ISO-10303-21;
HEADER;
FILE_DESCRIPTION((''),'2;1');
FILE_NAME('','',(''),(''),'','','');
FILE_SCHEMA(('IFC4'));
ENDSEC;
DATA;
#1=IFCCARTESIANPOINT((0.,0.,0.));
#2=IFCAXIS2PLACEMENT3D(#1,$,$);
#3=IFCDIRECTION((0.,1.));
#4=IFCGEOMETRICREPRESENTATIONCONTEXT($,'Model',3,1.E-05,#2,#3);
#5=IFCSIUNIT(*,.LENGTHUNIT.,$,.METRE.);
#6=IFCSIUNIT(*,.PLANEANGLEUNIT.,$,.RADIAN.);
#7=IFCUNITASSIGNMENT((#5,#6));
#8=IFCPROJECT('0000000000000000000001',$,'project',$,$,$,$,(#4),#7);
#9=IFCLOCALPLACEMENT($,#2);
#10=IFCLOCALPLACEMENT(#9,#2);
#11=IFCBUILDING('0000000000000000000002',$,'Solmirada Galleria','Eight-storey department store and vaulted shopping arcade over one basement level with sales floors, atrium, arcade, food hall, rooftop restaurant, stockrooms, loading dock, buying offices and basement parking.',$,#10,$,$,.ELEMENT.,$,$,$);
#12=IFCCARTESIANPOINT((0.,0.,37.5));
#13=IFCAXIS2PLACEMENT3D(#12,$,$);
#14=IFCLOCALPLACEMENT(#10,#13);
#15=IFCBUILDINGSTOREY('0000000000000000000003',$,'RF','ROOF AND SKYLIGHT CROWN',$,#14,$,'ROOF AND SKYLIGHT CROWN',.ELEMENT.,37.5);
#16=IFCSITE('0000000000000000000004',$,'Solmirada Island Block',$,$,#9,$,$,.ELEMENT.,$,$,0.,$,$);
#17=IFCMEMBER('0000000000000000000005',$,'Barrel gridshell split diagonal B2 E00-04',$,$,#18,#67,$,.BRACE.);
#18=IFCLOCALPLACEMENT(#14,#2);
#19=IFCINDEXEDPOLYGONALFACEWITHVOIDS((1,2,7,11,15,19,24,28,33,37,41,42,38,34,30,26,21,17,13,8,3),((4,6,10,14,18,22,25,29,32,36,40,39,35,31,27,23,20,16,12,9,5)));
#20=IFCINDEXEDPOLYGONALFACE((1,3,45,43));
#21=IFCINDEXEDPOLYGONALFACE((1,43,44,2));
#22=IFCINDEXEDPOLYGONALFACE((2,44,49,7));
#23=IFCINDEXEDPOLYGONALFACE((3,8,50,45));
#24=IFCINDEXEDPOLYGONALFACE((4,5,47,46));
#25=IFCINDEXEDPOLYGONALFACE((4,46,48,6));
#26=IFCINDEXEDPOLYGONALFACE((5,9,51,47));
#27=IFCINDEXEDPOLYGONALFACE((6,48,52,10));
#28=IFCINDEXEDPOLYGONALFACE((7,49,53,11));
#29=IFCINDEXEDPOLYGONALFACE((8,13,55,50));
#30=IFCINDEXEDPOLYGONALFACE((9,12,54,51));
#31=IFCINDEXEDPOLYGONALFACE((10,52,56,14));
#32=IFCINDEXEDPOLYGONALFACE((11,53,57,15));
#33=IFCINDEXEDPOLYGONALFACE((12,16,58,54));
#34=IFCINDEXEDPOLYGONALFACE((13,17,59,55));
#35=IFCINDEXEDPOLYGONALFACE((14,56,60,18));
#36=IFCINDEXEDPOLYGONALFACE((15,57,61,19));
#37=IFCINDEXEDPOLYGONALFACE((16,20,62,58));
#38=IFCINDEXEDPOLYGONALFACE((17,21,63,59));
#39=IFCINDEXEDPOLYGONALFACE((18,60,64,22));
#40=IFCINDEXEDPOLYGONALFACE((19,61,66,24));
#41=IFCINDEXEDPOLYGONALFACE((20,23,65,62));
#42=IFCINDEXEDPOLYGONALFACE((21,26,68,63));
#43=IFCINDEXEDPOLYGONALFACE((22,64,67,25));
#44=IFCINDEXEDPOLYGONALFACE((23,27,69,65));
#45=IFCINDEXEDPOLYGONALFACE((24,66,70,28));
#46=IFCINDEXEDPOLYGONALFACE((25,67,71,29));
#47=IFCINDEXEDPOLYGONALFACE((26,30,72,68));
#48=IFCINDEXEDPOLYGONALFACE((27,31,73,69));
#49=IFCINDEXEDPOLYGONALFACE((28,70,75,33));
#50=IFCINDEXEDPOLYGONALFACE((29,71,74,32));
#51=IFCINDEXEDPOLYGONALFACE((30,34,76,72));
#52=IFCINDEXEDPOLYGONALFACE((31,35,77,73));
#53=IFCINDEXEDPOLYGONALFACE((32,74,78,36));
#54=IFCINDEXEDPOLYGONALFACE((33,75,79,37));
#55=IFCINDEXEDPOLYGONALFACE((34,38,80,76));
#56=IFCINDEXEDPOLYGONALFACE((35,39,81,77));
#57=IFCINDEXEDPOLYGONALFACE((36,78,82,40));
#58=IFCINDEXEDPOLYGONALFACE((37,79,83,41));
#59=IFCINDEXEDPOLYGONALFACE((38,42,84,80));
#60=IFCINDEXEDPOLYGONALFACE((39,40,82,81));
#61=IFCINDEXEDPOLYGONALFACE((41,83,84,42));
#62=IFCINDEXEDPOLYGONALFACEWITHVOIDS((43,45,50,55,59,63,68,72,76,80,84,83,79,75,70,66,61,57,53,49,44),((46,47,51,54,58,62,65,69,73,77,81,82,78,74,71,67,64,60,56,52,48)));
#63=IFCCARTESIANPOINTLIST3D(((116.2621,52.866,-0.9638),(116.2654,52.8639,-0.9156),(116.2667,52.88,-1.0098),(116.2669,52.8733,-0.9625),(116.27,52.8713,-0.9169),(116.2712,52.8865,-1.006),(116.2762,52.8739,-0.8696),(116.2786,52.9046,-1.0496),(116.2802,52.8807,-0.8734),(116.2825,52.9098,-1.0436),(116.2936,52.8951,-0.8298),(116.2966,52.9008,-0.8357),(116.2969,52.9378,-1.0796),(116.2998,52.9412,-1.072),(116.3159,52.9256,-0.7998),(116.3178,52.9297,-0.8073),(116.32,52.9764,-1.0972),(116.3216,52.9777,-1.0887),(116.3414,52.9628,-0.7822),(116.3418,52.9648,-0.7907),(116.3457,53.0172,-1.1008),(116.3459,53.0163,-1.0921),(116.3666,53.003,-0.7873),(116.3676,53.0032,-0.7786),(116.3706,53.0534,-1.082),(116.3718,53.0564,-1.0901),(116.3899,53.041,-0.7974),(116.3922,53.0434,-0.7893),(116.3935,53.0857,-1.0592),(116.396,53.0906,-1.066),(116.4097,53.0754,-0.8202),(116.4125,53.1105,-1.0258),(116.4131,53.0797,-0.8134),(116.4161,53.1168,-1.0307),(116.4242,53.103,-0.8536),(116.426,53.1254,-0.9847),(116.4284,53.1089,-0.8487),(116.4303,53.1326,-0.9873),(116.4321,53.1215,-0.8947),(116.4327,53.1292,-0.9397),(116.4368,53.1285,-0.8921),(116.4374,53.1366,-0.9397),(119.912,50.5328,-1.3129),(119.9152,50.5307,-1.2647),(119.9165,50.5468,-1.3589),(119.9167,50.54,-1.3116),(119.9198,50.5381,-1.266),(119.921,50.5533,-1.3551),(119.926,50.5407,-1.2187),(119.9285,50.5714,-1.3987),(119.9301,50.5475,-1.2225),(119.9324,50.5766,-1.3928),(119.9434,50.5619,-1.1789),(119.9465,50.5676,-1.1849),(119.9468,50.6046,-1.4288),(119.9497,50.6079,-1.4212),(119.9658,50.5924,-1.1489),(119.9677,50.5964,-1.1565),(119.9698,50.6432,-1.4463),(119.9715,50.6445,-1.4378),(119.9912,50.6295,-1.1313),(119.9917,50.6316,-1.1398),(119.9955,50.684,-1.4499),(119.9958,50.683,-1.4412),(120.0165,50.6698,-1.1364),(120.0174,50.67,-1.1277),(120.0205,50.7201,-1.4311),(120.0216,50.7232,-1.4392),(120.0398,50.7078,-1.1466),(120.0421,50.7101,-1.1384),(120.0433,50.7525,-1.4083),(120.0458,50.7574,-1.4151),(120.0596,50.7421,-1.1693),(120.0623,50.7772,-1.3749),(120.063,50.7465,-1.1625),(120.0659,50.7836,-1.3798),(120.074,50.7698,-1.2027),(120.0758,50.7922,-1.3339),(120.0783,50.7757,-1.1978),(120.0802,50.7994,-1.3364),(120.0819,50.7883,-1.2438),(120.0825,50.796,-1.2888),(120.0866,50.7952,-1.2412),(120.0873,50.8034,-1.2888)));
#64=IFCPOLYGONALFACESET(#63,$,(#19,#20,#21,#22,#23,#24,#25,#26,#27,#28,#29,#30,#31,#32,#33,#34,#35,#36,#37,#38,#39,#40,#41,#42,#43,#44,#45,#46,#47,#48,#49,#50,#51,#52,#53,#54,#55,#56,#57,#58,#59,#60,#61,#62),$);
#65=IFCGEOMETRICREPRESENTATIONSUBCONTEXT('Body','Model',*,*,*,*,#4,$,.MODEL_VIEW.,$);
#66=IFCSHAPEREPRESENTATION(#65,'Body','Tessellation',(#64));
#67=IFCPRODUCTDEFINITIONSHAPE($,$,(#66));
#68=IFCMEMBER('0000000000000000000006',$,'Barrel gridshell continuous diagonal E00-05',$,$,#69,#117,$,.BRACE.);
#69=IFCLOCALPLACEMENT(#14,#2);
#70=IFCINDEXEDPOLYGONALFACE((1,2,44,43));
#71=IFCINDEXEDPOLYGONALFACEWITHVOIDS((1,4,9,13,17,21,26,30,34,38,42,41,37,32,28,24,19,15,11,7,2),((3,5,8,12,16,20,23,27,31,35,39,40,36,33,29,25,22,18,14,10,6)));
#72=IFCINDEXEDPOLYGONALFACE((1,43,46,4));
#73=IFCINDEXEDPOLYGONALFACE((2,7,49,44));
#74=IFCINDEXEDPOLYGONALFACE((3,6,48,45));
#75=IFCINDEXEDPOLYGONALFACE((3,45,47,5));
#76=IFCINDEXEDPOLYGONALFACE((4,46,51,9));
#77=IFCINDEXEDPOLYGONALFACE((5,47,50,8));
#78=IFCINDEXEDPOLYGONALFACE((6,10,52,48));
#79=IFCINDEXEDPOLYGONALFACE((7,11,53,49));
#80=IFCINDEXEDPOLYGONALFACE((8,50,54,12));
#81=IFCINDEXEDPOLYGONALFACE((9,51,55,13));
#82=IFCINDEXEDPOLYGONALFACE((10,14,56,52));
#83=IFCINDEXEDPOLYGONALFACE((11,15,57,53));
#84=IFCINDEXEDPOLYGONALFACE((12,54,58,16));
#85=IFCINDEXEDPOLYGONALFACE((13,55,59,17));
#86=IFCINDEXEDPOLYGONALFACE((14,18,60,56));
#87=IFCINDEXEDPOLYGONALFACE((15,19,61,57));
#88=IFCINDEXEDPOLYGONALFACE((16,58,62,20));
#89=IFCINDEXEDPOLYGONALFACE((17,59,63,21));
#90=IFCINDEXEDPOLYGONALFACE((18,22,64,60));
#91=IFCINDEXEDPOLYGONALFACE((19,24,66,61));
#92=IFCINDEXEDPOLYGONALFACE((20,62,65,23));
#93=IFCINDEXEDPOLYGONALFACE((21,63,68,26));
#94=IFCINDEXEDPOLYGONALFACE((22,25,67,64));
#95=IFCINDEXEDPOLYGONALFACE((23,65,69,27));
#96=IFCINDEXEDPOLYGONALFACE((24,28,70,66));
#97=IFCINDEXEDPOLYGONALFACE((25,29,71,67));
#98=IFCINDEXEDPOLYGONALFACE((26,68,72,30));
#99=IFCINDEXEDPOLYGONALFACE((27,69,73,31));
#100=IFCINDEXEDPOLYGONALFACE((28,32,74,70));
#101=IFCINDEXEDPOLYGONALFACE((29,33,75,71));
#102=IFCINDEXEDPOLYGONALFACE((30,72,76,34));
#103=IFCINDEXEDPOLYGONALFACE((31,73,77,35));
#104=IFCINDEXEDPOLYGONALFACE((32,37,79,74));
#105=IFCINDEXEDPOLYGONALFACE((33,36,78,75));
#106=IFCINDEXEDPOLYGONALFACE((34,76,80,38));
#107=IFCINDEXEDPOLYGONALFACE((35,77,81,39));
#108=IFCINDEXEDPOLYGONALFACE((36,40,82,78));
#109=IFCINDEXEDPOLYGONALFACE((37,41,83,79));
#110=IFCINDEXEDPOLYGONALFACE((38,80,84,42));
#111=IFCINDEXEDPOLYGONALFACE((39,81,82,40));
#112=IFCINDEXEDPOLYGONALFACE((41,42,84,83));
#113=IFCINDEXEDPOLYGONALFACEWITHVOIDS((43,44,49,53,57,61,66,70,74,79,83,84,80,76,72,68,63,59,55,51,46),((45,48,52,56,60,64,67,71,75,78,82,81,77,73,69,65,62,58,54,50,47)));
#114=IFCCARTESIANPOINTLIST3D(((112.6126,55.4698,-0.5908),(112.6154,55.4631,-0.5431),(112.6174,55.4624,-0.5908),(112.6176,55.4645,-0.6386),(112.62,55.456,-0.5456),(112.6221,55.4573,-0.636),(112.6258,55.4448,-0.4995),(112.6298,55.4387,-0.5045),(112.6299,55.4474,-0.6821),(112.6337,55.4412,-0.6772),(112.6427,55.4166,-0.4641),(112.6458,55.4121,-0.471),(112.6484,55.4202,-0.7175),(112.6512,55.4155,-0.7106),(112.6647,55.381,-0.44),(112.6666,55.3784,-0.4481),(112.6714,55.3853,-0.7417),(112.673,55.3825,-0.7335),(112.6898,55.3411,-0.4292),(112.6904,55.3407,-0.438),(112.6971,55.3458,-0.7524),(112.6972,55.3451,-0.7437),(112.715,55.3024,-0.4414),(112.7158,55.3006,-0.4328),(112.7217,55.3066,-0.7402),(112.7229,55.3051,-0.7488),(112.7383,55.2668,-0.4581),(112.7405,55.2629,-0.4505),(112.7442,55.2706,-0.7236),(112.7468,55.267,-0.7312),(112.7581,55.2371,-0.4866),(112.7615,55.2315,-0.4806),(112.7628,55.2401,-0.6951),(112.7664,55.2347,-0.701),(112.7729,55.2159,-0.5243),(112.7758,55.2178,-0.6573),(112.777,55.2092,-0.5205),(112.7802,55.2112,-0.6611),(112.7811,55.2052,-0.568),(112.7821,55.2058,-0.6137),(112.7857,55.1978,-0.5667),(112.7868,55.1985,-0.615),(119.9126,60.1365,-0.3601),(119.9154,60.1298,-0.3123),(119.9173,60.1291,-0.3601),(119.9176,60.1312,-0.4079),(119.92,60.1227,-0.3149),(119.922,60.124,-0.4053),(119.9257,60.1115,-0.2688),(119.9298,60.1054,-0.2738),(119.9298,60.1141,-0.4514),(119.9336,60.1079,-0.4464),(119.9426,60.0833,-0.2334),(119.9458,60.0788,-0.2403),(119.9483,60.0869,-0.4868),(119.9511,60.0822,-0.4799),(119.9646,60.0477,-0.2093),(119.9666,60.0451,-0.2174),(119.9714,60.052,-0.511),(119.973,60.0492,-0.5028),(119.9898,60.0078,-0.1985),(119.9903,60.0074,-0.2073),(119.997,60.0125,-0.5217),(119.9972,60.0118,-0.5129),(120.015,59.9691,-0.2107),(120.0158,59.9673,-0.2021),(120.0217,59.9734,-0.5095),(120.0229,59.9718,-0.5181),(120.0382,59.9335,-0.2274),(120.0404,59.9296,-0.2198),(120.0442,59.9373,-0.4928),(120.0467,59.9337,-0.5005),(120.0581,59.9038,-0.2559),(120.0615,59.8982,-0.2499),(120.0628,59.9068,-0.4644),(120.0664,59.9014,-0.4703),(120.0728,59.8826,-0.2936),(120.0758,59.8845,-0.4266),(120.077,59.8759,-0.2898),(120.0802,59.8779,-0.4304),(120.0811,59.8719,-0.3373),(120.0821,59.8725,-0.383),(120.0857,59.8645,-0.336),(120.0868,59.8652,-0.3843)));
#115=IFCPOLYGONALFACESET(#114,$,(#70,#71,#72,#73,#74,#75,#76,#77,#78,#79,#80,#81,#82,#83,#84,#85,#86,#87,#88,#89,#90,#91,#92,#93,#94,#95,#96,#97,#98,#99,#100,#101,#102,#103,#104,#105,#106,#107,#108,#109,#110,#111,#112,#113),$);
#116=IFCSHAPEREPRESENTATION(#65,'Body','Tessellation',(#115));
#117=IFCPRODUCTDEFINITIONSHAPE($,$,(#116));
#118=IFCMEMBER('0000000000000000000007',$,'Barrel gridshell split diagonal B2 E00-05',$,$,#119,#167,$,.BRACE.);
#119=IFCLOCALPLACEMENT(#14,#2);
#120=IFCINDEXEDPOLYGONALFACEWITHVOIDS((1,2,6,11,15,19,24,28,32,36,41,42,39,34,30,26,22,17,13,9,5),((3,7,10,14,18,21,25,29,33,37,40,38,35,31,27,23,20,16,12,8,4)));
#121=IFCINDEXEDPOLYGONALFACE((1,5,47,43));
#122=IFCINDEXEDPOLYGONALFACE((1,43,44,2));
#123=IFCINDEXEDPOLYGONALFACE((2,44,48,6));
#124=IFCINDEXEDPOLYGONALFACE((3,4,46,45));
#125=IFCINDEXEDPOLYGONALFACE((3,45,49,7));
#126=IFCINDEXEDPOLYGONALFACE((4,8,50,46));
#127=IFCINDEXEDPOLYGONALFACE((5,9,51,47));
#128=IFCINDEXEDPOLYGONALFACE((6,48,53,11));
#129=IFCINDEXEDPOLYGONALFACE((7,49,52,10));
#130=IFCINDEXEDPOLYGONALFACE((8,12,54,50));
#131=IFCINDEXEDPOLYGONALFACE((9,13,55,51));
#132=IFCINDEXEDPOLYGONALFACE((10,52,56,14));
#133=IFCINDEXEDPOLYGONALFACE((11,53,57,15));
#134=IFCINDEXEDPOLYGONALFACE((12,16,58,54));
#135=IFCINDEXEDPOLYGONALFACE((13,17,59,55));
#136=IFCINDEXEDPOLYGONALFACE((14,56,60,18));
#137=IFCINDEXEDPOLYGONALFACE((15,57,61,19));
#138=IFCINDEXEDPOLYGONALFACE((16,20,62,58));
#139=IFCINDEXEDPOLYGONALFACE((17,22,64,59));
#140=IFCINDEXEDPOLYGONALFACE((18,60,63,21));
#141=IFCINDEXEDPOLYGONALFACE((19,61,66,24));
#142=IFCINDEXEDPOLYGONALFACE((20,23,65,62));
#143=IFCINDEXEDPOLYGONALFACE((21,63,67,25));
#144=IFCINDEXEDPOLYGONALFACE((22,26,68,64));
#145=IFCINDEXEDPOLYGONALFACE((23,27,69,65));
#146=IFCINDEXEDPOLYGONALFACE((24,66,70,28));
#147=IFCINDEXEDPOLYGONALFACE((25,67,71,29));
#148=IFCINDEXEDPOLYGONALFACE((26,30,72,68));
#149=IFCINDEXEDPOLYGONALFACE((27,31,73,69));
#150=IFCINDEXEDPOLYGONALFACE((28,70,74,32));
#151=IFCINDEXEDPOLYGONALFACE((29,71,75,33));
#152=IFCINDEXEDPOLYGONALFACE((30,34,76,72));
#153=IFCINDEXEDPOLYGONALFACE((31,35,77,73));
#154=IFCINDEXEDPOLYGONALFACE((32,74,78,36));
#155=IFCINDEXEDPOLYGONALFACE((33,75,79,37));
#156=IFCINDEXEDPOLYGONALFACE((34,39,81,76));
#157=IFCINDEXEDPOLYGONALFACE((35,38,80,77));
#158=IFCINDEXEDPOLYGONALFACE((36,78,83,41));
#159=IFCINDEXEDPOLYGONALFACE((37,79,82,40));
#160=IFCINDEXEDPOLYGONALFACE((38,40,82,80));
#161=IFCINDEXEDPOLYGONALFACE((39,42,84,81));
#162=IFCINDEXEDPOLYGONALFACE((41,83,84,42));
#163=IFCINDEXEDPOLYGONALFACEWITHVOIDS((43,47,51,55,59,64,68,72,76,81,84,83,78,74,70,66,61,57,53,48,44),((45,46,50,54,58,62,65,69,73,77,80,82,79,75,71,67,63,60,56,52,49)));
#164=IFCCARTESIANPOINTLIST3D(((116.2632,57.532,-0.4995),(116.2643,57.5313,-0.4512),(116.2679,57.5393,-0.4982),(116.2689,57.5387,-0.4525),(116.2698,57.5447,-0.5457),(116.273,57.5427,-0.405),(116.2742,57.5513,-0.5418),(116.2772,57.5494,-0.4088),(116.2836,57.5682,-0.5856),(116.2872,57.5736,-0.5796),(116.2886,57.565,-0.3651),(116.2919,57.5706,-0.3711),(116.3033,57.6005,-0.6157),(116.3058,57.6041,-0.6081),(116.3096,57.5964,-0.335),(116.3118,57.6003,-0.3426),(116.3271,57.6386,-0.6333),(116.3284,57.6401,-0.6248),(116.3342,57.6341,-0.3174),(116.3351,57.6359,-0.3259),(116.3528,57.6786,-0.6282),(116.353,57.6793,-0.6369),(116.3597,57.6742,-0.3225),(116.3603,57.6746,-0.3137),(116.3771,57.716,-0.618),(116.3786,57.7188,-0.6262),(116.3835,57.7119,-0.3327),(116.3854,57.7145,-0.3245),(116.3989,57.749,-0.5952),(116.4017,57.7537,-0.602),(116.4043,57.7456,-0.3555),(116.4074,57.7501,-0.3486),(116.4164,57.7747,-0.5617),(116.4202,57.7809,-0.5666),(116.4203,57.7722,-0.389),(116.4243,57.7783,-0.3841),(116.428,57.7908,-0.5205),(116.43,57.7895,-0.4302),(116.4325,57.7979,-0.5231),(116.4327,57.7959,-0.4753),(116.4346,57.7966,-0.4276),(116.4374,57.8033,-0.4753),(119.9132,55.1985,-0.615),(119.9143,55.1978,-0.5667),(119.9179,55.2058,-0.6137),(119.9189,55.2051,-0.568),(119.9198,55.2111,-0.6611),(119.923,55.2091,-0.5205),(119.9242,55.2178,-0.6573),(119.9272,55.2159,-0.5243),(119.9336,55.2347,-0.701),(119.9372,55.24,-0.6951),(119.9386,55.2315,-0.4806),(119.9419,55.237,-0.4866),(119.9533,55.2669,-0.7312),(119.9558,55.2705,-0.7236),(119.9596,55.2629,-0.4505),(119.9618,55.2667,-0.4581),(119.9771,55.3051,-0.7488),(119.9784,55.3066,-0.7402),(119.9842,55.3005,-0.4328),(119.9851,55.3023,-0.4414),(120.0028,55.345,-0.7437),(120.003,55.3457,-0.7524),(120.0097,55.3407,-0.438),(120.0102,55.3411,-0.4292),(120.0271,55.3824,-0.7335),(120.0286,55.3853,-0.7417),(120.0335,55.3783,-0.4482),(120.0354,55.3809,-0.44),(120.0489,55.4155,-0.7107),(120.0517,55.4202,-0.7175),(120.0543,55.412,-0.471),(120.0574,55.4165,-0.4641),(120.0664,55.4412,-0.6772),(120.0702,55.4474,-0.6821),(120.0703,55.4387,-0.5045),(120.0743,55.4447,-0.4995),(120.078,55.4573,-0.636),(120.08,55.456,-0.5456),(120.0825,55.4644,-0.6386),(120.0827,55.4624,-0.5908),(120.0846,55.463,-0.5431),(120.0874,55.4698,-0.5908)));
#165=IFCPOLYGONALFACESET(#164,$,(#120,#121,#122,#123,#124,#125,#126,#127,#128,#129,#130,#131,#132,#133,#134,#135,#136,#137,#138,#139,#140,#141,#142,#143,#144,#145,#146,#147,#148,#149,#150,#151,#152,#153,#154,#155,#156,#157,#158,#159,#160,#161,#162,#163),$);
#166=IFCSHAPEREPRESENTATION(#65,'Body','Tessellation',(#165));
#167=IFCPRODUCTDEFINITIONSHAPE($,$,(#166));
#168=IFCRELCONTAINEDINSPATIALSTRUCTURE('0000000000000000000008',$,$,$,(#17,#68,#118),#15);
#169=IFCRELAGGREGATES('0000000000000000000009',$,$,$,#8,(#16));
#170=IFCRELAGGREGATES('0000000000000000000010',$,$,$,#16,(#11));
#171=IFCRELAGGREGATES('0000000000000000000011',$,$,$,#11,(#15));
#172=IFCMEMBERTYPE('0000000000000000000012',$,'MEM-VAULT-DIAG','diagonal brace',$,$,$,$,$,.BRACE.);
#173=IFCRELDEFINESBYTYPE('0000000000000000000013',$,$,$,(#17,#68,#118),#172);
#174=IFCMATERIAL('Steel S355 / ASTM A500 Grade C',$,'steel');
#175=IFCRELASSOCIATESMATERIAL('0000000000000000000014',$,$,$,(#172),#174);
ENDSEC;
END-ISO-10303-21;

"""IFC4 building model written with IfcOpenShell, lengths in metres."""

from ifc_helpers import new_model, si_unit, direction, frame, origin, origin_2d, place, context, subcontext, project, spatial, hollow_circle, extrude, material, material_profile, profile_set, type_object, element, save


model = new_model("IFC4")

# Units and contexts
model_context = context("Model", 3, precision=1e-05, world=origin(), true_north=direction((0.0, 1.0)))
body_context = subcontext(model_context, "Body", "Model", "MODEL_VIEW")
ifc_project = project(units=[si_unit("LENGTHUNIT", "METRE"), si_unit("PLANEANGLEUNIT", "RADIAN")], contexts=[model_context])

# Site, building, storey
site_placement = place(None, origin())
site = spatial("IfcSite", under=ifc_project, at=site_placement, Name="Solmirada Island Block", CompositionType="ELEMENT", RefElevation=0.0)
building_placement = place(site_placement, origin())
building = spatial("IfcBuilding", under=site, at=building_placement, Name="Solmirada Galleria", Description="Eight-storey department store and vaulted shopping arcade over one basement level with sales floors, atrium, arcade, food hall, rooftop restaurant, stockrooms, loading dock, buying offices and basement parking.", CompositionType="ELEMENT")
storey_placement = place(building_placement, frame((0.0, 0.0, 37.5)))
storey = spatial("IfcBuildingStorey", under=building, at=storey_placement, Name="RF", Description="ROOF AND SKYLIGHT CROWN", LongName="ROOF AND SKYLIGHT CROWN", CompositionType="ELEMENT", Elevation=37.5)

# Members
ifc_material_1 = material(Name="Steel S355 / ASTM A500 Grade C", Category="steel")
ifc_material_profile_1 = material_profile(ifc_material_1, hollow_circle(Radius=0.1621, WallThickness=0.0088, at=origin_2d()), Name="HSS12.750X0.375")
ifc_profile_set_1 = profile_set([ifc_material_profile_1], Name="Steel S355 / ASTM A500 Grade C")
member_type_1 = type_object("IfcMemberType", Name="MEM-VAULT-DIAG", Description="diagonal brace", PredefinedType="BRACE", material=ifc_profile_set_1)
member_1_placement = place(storey_placement, frame((116.3501, 53.0, -0.9397), z_axis=(0.83983, -0.536873, -0.080332), x_axis=(0.538614, 0.842553, 0.0)))
element("IfcMember", 1, at=member_1_placement, inside=storey, type_object=member_type_1, Name="Barrel gridshell split diagonal B2 E00-04", PredefinedType="BRACE", context=body_context, shape_type="SweptSolid", body=[
    extrude(hollow_circle(Radius=0.1621, WallThickness=0.0088, at=origin_2d()), origin(), (0.0, 0.0, 1.0), 4.3459),
])
member_2_placement = place(storey_placement, frame((112.7, 55.3333, -0.5908), z_axis=(0.84225, 0.53843, 0.026619), x_axis=(-0.538621, 0.842548, 0.0)))
element("IfcMember", 2, at=member_2_placement, inside=storey, type_object=member_type_1, Name="Barrel gridshell continuous diagonal E00-05", PredefinedType="BRACE", context=body_context, shape_type="SweptSolid", body=[
    extrude(hollow_circle(Radius=0.1621, WallThickness=0.0088, at=origin_2d()), origin(), (0.0, 0.0, 1.0), 8.6672),
])
member_3_placement = place(storey_placement, frame((116.3501, 57.6667, -0.4753), z_axis=(0.842228, -0.538463, -0.026647), x_axis=(0.538654, 0.842527, 0.0)))
element("IfcMember", 3, at=member_3_placement, inside=storey, type_object=member_type_1, Name="Barrel gridshell split diagonal B2 E00-05", PredefinedType="BRACE", context=body_context, shape_type="SweptSolid", body=[
    extrude(hollow_circle(Radius=0.1621, WallThickness=0.0088, at=origin_2d()), origin(), (0.0, 0.0, 1.0), 4.3337),
])

save(model, "model.ifc")
